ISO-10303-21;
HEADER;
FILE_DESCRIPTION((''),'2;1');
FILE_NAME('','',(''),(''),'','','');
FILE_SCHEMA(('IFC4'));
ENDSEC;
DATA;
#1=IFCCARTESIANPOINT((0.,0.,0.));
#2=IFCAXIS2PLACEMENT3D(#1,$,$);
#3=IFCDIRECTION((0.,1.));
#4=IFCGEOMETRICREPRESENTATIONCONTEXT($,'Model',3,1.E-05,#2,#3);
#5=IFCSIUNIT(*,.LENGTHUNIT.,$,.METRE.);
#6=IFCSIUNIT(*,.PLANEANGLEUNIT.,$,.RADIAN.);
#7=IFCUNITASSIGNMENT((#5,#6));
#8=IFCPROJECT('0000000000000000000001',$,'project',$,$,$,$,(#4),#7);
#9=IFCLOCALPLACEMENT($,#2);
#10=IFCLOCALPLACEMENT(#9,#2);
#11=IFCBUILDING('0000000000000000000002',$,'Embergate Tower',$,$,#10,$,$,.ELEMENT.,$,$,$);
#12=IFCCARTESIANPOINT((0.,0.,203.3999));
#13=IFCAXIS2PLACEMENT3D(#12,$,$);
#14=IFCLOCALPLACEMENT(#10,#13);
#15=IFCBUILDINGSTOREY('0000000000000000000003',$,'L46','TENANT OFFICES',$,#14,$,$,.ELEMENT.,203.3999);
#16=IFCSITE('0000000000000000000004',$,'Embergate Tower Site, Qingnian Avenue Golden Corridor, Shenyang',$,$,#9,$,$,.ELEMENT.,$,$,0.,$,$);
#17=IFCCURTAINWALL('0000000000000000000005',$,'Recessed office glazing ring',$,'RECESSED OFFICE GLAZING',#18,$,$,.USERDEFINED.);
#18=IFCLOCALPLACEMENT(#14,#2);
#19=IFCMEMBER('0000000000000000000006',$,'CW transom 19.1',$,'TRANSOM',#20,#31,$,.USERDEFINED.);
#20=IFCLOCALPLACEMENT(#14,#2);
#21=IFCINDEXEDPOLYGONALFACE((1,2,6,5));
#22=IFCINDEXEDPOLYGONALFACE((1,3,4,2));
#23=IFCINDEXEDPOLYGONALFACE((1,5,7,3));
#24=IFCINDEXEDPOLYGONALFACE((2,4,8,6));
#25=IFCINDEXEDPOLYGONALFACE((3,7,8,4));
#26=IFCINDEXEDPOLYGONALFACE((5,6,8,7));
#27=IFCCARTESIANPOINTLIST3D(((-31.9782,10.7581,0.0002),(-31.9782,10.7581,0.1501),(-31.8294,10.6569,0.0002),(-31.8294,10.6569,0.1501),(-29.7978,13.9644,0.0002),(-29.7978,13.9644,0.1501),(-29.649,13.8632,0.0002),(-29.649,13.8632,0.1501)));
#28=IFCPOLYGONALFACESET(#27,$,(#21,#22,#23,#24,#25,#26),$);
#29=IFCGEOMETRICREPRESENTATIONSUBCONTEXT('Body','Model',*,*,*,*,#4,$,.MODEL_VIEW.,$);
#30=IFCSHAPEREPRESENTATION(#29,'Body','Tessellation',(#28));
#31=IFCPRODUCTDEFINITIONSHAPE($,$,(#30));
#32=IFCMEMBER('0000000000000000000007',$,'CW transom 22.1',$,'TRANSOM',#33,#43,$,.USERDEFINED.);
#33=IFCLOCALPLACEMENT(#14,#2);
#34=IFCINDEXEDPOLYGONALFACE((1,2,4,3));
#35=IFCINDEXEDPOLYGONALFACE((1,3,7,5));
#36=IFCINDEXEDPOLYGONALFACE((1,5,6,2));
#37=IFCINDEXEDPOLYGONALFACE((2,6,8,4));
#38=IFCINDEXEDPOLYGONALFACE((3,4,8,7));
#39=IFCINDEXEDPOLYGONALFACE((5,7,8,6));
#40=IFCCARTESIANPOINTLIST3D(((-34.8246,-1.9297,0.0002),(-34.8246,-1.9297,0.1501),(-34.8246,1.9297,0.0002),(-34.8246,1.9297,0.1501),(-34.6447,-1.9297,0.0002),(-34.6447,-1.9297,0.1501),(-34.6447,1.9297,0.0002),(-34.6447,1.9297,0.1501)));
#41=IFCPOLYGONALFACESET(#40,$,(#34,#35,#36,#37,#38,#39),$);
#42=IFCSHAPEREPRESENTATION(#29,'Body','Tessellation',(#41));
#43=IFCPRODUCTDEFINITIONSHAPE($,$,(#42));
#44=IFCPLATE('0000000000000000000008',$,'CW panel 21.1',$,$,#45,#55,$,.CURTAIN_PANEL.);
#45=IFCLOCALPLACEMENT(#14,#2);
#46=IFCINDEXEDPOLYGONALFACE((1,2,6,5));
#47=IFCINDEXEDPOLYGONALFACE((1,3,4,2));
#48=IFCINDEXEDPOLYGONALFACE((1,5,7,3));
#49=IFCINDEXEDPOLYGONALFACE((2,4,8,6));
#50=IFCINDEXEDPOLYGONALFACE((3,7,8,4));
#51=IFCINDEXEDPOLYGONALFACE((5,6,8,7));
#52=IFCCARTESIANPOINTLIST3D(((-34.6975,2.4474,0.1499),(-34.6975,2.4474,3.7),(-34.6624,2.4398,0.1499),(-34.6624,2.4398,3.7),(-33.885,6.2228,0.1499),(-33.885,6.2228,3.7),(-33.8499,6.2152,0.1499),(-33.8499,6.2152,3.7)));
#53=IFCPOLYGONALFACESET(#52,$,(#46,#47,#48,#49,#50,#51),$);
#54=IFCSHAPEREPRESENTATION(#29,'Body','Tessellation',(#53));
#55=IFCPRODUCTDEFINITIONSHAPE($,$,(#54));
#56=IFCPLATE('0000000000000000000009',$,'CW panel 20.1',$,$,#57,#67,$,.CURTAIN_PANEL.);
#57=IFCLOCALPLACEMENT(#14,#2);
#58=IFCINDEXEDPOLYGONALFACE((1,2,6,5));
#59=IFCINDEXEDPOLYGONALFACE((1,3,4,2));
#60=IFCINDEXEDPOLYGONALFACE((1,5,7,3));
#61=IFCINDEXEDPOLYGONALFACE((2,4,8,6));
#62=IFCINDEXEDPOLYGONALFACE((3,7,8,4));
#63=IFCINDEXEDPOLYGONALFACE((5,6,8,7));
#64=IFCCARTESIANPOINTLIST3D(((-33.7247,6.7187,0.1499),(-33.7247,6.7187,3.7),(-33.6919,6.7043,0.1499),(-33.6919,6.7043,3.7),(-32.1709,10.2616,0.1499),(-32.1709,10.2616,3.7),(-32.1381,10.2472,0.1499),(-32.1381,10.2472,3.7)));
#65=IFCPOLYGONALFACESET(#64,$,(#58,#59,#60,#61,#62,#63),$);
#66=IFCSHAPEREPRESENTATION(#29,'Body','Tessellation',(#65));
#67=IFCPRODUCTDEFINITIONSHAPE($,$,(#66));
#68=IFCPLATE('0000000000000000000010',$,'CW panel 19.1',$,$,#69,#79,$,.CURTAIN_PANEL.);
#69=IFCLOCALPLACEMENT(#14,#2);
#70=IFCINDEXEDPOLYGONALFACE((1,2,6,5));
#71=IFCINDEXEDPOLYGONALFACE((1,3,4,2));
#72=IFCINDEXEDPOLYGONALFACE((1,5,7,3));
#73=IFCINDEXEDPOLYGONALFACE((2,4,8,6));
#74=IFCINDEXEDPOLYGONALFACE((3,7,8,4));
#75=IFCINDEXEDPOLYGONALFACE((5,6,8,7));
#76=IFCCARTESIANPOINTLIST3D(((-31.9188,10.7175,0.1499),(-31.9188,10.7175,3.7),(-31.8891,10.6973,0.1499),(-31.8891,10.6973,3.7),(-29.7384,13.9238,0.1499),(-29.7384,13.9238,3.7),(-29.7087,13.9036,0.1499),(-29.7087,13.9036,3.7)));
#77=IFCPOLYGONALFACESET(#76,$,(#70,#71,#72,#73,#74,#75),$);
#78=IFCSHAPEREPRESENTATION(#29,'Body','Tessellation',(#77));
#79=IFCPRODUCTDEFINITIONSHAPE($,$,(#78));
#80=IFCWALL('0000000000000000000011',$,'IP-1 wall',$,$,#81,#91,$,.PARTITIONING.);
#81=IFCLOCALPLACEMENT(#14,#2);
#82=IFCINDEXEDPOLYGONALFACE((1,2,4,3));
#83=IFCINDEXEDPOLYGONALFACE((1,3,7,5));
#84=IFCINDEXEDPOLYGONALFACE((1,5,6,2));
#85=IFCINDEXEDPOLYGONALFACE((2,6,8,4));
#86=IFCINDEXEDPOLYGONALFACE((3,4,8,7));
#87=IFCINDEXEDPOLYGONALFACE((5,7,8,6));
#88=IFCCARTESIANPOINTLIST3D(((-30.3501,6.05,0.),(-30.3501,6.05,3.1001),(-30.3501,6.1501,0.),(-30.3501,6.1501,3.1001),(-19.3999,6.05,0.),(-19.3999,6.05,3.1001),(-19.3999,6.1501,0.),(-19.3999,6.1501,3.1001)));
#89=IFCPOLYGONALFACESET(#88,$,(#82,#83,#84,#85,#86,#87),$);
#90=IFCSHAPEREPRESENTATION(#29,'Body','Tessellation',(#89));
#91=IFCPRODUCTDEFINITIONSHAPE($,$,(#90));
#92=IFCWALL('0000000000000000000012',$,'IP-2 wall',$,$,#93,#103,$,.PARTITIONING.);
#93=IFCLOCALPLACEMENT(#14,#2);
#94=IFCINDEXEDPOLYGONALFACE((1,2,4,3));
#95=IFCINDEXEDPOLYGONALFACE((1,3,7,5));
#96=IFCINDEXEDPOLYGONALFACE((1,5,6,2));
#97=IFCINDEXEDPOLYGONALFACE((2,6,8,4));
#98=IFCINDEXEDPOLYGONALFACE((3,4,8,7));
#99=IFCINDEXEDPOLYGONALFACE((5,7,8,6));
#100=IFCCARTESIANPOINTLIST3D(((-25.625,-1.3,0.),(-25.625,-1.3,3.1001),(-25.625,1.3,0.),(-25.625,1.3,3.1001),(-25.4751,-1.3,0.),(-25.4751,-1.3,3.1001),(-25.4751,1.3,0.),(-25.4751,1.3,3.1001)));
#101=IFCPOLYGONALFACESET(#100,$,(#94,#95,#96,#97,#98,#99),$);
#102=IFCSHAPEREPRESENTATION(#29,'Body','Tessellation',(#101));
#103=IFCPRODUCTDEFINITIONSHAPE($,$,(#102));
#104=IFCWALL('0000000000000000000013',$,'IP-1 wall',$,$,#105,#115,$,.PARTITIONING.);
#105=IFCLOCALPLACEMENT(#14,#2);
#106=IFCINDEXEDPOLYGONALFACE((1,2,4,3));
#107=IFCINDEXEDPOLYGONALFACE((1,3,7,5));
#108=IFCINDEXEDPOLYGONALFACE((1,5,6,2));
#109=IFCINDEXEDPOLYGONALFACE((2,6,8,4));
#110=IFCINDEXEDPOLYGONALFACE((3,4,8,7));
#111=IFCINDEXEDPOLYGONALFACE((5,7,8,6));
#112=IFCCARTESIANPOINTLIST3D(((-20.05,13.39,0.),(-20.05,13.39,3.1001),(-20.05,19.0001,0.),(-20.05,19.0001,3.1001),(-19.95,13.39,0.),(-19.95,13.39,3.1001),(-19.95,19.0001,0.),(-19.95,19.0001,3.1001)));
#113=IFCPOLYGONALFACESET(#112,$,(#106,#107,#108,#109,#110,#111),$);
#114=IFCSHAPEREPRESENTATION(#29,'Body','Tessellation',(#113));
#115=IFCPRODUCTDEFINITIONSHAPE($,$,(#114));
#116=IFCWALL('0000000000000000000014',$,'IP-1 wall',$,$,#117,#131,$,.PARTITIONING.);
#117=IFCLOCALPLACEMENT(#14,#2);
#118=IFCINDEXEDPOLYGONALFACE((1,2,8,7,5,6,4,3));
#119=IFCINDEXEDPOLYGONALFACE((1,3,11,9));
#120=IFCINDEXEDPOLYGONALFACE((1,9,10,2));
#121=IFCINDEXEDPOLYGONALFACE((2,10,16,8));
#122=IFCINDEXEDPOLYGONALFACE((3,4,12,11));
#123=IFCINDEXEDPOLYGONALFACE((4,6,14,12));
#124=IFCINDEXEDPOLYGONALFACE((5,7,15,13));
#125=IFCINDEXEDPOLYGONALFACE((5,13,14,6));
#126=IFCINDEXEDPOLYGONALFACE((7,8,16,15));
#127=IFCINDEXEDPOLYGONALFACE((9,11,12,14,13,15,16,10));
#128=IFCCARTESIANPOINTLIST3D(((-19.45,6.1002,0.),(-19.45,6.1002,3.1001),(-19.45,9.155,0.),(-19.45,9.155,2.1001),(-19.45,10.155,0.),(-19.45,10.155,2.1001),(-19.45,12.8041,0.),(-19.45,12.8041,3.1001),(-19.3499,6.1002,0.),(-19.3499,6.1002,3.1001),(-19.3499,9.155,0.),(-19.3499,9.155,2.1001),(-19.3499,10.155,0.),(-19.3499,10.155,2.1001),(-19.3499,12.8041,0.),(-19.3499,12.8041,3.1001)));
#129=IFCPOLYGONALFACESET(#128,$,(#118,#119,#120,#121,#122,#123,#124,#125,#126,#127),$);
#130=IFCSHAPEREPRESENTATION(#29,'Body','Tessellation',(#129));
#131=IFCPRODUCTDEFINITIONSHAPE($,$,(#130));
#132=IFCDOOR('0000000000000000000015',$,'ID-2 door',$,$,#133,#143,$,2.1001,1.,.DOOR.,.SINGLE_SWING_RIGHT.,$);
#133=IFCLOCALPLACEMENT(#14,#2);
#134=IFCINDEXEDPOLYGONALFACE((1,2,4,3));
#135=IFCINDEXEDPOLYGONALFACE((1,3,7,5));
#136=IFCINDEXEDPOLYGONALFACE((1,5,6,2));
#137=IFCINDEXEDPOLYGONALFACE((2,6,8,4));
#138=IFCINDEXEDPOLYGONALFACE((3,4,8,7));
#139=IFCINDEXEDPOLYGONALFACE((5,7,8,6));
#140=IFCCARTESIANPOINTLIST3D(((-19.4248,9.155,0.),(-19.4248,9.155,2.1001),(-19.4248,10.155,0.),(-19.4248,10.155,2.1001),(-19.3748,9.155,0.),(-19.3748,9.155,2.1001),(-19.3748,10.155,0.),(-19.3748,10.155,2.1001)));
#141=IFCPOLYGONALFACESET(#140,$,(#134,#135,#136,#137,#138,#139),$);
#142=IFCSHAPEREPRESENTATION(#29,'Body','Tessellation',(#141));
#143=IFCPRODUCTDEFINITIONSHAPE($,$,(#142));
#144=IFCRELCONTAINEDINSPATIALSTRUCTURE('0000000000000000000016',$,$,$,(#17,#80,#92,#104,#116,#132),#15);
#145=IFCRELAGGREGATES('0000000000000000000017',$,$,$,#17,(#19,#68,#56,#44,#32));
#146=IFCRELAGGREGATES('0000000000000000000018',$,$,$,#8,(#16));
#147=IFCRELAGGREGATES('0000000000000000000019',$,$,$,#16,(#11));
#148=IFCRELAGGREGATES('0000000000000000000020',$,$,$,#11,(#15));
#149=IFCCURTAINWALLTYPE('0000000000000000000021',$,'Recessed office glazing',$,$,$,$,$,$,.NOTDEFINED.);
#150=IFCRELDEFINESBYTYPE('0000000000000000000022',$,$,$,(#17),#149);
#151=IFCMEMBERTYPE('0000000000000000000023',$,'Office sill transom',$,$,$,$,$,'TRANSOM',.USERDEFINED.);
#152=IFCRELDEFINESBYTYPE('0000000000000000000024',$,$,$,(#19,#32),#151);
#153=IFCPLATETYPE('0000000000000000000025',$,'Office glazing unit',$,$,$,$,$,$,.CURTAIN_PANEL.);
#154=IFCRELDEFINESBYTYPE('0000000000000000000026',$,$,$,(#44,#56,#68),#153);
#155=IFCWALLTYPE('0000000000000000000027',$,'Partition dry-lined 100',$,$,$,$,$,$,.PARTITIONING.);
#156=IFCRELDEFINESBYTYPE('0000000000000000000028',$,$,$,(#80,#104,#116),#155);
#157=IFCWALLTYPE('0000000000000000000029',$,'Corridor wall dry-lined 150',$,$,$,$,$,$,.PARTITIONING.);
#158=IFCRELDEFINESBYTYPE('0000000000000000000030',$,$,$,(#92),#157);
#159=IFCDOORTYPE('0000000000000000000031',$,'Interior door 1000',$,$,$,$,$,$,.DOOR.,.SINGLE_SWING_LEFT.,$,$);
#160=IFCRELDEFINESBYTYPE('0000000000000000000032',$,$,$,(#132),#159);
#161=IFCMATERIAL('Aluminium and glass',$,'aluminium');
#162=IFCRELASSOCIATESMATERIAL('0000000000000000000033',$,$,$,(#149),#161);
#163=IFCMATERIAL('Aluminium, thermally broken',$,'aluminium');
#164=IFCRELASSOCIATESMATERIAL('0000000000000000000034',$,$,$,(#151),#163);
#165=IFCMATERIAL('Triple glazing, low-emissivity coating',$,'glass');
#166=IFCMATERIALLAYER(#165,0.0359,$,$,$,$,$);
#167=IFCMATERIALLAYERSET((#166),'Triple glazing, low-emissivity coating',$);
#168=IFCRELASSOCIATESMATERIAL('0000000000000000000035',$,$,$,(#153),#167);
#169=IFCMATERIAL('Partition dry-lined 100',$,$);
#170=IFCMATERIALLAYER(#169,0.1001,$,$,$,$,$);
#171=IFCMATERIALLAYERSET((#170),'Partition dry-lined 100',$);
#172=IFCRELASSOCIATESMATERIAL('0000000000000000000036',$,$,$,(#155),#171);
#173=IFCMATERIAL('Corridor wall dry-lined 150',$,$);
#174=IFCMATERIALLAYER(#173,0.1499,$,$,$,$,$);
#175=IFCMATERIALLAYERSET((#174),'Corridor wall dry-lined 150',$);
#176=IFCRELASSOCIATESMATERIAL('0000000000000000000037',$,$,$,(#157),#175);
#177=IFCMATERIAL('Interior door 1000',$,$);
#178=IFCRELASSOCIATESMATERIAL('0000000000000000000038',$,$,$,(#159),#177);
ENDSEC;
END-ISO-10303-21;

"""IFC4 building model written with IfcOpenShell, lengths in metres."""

from ifc_helpers import new_model, si_unit, direction, frame, frame_2d, origin, origin_2d, place, context, subcontext, project, spatial, rectangle, extrude, source, transform, mapped, material, layer, layer_set, material_profile, profile_set, type_object, element, fill, aggregate, save


model = new_model("IFC4")

# Units and contexts
model_context = context("Model", 3, precision=1e-05, world=origin(), true_north=direction((0.0, 1.0)))
body_context = subcontext(model_context, "Body", "Model", "MODEL_VIEW")
ifc_project = project(units=[si_unit("LENGTHUNIT", "METRE"), si_unit("PLANEANGLEUNIT", "RADIAN")], contexts=[model_context])

# Site, building, storey
site_placement = place(None, origin())
site = spatial("IfcSite", under=ifc_project, at=site_placement, Name="Embergate Tower Site, Qingnian Avenue Golden Corridor, Shenyang", CompositionType="ELEMENT", RefElevation=0.0)
building_placement = place(site_placement, origin())
building = spatial("IfcBuilding", under=site, at=building_placement, Name="Embergate Tower", CompositionType="ELEMENT")
storey_placement = place(building_placement, frame((0.0, 0.0, 203.3999)))
storey = spatial("IfcBuildingStorey", under=building, at=storey_placement, Name="L46", Description="TENANT OFFICES", CompositionType="ELEMENT", Elevation=203.3999)

# Curtain wall, members, plates
ifc_material_1 = material(Name="Aluminium and glass", Category="aluminium")
curtain_wall_type = type_object("IfcCurtainWallType", Name="Recessed office glazing", PredefinedType="NOTDEFINED", material=ifc_material_1)
curtain_wall_placement = place(storey_placement, origin())
curtain_wall = element("IfcCurtainWall", 1, at=curtain_wall_placement, inside=storey, type_object=curtain_wall_type, Name="Recessed office glazing ring", ObjectType="RECESSED OFFICE GLAZING", PredefinedType="USERDEFINED")
ifc_material_2 = material(Name="Aluminium, thermally broken", Category="aluminium")
ifc_material_profile_1 = material_profile(ifc_material_2, rectangle(XDim=0.1799, YDim=0.1499, at=origin_2d()), Name="AL 150x180")
ifc_profile_set_1 = profile_set([ifc_material_profile_1], Name="Aluminium, thermally broken")
member_type_1 = type_object("IfcMemberType", Name="Office sill transom", ElementType="TRANSOM", PredefinedType="USERDEFINED", material=ifc_profile_set_1)
shared_shape_1 = source(origin(), body_context, "Body", "SweptSolid", [
    extrude(rectangle(XDim=0.1799, YDim=0.1499, at=origin_2d()), origin(), (0.0, 0.0, 1.0), 3.8774),
])
member_1_placement = place(storey_placement, frame((-29.7234, 13.9138, 0.0752), z_axis=(-0.562334, -0.82691, 0.0), x_axis=(0.82691, -0.562334, 0.0)))
member_1 = element("IfcMember", 2, at=member_1_placement, type_object=member_type_1, Name="CW transom 19.1", ObjectType="TRANSOM", PredefinedType="USERDEFINED", context=body_context, shape_type="MappedRepresentation", body=[
    mapped(shared_shape_1, transform((0.0, 0.0, 0.0))),
])
shared_shape_2 = source(origin(), body_context, "Body", "SweptSolid", [
    extrude(rectangle(XDim=0.1799, YDim=0.1499, at=origin_2d()), origin(), (0.0, 0.0, 1.0), 3.8594),
])
member_2_placement = place(storey_placement, frame((-34.7346, 1.9297, 0.0752), z_axis=(0.0, -1.0, 0.0), x_axis=(1.0, 0.0, 0.0)))
member_2 = element("IfcMember", 3, at=member_2_placement, type_object=member_type_1, Name="CW transom 22.1", ObjectType="TRANSOM", PredefinedType="USERDEFINED", context=body_context, shape_type="MappedRepresentation", body=[
    mapped(shared_shape_2, transform((0.0, 0.0, 0.0))),
])
ifc_material_3 = material(Name="Triple glazing, low-emissivity coating", Category="glass")
ifc_layer_1 = layer(ifc_material_3, 0.0359)
ifc_layer_set_1 = layer_set([ifc_layer_1], Name="Triple glazing, low-emissivity coating")
plate_type = type_object("IfcPlateType", Name="Office glazing unit", PredefinedType="CURTAIN_PANEL", material=ifc_layer_set_1)
shared_shape_3 = source(origin(), body_context, "Body", "SweptSolid", [
    extrude(rectangle(XDim=3.8618, YDim=0.0359, at=origin_2d()), origin(), (0.0, 0.0, 1.0), 3.55),
])
plate_1_placement = place(storey_placement, frame((-34.2737, 4.3313, 0.1499), z_axis=(0.0, 0.0, 1.0), x_axis=(-0.210393, -0.977617, 0.0)))
plate_1 = element("IfcPlate", 4, at=plate_1_placement, type_object=plate_type, Name="CW panel 21.1", PredefinedType="CURTAIN_PANEL", context=body_context, shape_type="MappedRepresentation", body=[
    mapped(shared_shape_3, transform((0.0, 0.0, 0.0))),
])
shared_shape_4 = source(origin(), body_context, "Body", "SweptSolid", [
    extrude(rectangle(XDim=3.8687, YDim=0.0359, at=origin_2d()), origin(), (0.0, 0.0, 1.0), 3.55),
])
plate_2_placement = place(storey_placement, frame((-32.9314, 8.4829, 0.1499), z_axis=(0.0, 0.0, 1.0), x_axis=(-0.401644, -0.915796, 0.0)))
plate_2 = element("IfcPlate", 5, at=plate_2_placement, type_object=plate_type, Name="CW panel 20.1", PredefinedType="CURTAIN_PANEL", context=body_context, shape_type="MappedRepresentation", body=[
    mapped(shared_shape_4, transform((0.0, 0.0, 0.0))),
])
shared_shape_5 = source(origin(), body_context, "Body", "SweptSolid", [
    extrude(rectangle(XDim=3.8774, YDim=0.0359, at=origin_2d()), origin(), (0.0, 0.0, 1.0), 3.55),
])
plate_3_placement = place(storey_placement, frame((-30.8137, 12.3105, 0.1499), z_axis=(0.0, 0.0, 1.0), x_axis=(-0.562332, -0.826912, 0.0)))
plate_3 = element("IfcPlate", 6, at=plate_3_placement, type_object=plate_type, Name="CW panel 19.1", PredefinedType="CURTAIN_PANEL", context=body_context, shape_type="MappedRepresentation", body=[
    mapped(shared_shape_5, transform((0.0, 0.0, 0.0))),
])
aggregate(curtain_wall, [member_1, plate_3, plate_2, plate_1, member_2])

# Walls
ifc_material_4 = material(Name="Partition dry-lined 100")
ifc_layer_2 = layer(ifc_material_4, 0.1001)
ifc_layer_set_2 = layer_set([ifc_layer_2], Name="Partition dry-lined 100")
wall_type_1 = type_object("IfcWallType", Name="Partition dry-lined 100", PredefinedType="PARTITIONING", material=ifc_layer_set_2)
shared_shape_6 = source(origin(), body_context, "Body", "SweptSolid", [
    extrude(rectangle(XDim=10.9502, YDim=0.1001, at=frame_2d((5.4751, 0.0))), origin(), (0.0, 0.0, 1.0), 3.1001),
])
wall_1_placement = place(storey_placement, frame((-30.3501, 6.1001, 0.0), z_axis=(0.0, 0.0, 1.0), x_axis=(1.0, 0.0, 0.0)))
element("IfcWall", 7, at=wall_1_placement, inside=storey, type_object=wall_type_1, Name="IP-1 wall", PredefinedType="PARTITIONING", context=body_context, shape_type="MappedRepresentation", body=[
    mapped(shared_shape_6, transform((0.0, 0.0, 0.0))),
])
ifc_material_5 = material(Name="Corridor wall dry-lined 150")
ifc_layer_3 = layer(ifc_material_5, 0.1499)
ifc_layer_set_3 = layer_set([ifc_layer_3], Name="Corridor wall dry-lined 150")
wall_type_2 = type_object("IfcWallType", Name="Corridor wall dry-lined 150", PredefinedType="PARTITIONING", material=ifc_layer_set_3)
shared_shape_7 = source(origin(), body_context, "Body", "SweptSolid", [
    extrude(rectangle(XDim=2.6001, YDim=0.1499, at=frame_2d((1.3, 0.0))), origin(), (0.0, 0.0, 1.0), 3.1001),
])
wall_2_placement = place(storey_placement, frame((-25.55, 1.3, 0.0), z_axis=(0.0, 0.0, 1.0), x_axis=(0.0, -1.0, 0.0)))
element("IfcWall", 8, at=wall_2_placement, inside=storey, type_object=wall_type_2, Name="IP-2 wall", PredefinedType="PARTITIONING", context=body_context, shape_type="MappedRepresentation", body=[
    mapped(shared_shape_7, transform((0.0, 0.0, 0.0))),
])
shared_shape_8 = source(origin(), body_context, "Body", "SweptSolid", [
    extrude(rectangle(XDim=5.6101, YDim=0.1001, at=frame_2d((2.8052, 0.0))), origin(), (0.0, 0.0, 1.0), 3.1001),
])
wall_3_placement = place(storey_placement, frame((-20.0, 13.3899, 0.0), z_axis=(0.0, 0.0, 1.0), x_axis=(0.0, 1.0, 0.0)))
element("IfcWall", 9, at=wall_3_placement, inside=storey, type_object=wall_type_1, Name="IP-1 wall", PredefinedType="PARTITIONING", context=body_context, shape_type="MappedRepresentation", body=[
    mapped(shared_shape_8, transform((0.0, 0.0, 0.0))),
])

# Wall, opening, door
shared_shape_9 = source(origin(), body_context, "Body", "SweptSolid", [
    extrude(rectangle(XDim=6.7039, YDim=0.1001, at=frame_2d((3.3521, 0.0))), origin(), (0.0, 0.0, 1.0), 3.1001),
])
wall_4_placement = place(storey_placement, frame((-19.3999, 6.1001, 0.0), z_axis=(0.0, 0.0, 1.0), x_axis=(0.0, 1.0, 0.0)))
wall_4 = element("IfcWall", 10, at=wall_4_placement, inside=storey, type_object=wall_type_1, Name="IP-1 wall", PredefinedType="PARTITIONING", context=body_context, shape_type="MappedRepresentation", body=[
    mapped(shared_shape_9, transform((0.0, 0.0, 0.0))),
])
shared_shape_10 = source(origin(), body_context, "Body", "SweptSolid", [
    extrude(rectangle(XDim=1.0, YDim=2.1001, at=frame_2d((0.5, 1.05))), frame((0.0, 0.0601, 0.0), z_axis=(0.0, -1.0, 0.0), x_axis=(1.0, 0.0, 0.0)), (0.0, 0.0, 1.0), 0.1201),
])
opening_placement = place(wall_4_placement, frame((3.0549, 0.0, 0.0)))
opening = element("IfcOpeningElement", 11, at=opening_placement, cuts=wall_4, PredefinedType="OPENING", context=body_context, shape_type="MappedRepresentation", body=[
    mapped(shared_shape_10, transform((0.0, 0.0, 0.0))),
])
ifc_material_6 = material(Name="Interior door 1000")
door_type = type_object("IfcDoorType", Name="Interior door 1000", OperationType="SINGLE_SWING_LEFT", PredefinedType="DOOR", material=ifc_material_6)
shared_shape_11 = source(origin(), body_context, "Body", "SweptSolid", [
    extrude(rectangle(XDim=1.0, YDim=2.1001, at=frame_2d((0.5, 1.05))), frame((0.0, 0.0249, 0.0), z_axis=(0.0, -1.0, 0.0), x_axis=(1.0, 0.0, 0.0)), (0.0, 0.0, 1.0), 0.05),
])
door_placement = place(opening_placement, origin())
door = element("IfcDoor", 12, at=door_placement, inside=storey, type_object=door_type, Name="ID-2 door", OperationType="SINGLE_SWING_RIGHT", OverallHeight=2.1001, OverallWidth=1.0, PredefinedType="DOOR", context=body_context, shape_type="MappedRepresentation", body=[
    mapped(shared_shape_11, transform((0.0, 0.0, 0.0))),
])
fill(opening, door)

save(model, "model.ifc")
